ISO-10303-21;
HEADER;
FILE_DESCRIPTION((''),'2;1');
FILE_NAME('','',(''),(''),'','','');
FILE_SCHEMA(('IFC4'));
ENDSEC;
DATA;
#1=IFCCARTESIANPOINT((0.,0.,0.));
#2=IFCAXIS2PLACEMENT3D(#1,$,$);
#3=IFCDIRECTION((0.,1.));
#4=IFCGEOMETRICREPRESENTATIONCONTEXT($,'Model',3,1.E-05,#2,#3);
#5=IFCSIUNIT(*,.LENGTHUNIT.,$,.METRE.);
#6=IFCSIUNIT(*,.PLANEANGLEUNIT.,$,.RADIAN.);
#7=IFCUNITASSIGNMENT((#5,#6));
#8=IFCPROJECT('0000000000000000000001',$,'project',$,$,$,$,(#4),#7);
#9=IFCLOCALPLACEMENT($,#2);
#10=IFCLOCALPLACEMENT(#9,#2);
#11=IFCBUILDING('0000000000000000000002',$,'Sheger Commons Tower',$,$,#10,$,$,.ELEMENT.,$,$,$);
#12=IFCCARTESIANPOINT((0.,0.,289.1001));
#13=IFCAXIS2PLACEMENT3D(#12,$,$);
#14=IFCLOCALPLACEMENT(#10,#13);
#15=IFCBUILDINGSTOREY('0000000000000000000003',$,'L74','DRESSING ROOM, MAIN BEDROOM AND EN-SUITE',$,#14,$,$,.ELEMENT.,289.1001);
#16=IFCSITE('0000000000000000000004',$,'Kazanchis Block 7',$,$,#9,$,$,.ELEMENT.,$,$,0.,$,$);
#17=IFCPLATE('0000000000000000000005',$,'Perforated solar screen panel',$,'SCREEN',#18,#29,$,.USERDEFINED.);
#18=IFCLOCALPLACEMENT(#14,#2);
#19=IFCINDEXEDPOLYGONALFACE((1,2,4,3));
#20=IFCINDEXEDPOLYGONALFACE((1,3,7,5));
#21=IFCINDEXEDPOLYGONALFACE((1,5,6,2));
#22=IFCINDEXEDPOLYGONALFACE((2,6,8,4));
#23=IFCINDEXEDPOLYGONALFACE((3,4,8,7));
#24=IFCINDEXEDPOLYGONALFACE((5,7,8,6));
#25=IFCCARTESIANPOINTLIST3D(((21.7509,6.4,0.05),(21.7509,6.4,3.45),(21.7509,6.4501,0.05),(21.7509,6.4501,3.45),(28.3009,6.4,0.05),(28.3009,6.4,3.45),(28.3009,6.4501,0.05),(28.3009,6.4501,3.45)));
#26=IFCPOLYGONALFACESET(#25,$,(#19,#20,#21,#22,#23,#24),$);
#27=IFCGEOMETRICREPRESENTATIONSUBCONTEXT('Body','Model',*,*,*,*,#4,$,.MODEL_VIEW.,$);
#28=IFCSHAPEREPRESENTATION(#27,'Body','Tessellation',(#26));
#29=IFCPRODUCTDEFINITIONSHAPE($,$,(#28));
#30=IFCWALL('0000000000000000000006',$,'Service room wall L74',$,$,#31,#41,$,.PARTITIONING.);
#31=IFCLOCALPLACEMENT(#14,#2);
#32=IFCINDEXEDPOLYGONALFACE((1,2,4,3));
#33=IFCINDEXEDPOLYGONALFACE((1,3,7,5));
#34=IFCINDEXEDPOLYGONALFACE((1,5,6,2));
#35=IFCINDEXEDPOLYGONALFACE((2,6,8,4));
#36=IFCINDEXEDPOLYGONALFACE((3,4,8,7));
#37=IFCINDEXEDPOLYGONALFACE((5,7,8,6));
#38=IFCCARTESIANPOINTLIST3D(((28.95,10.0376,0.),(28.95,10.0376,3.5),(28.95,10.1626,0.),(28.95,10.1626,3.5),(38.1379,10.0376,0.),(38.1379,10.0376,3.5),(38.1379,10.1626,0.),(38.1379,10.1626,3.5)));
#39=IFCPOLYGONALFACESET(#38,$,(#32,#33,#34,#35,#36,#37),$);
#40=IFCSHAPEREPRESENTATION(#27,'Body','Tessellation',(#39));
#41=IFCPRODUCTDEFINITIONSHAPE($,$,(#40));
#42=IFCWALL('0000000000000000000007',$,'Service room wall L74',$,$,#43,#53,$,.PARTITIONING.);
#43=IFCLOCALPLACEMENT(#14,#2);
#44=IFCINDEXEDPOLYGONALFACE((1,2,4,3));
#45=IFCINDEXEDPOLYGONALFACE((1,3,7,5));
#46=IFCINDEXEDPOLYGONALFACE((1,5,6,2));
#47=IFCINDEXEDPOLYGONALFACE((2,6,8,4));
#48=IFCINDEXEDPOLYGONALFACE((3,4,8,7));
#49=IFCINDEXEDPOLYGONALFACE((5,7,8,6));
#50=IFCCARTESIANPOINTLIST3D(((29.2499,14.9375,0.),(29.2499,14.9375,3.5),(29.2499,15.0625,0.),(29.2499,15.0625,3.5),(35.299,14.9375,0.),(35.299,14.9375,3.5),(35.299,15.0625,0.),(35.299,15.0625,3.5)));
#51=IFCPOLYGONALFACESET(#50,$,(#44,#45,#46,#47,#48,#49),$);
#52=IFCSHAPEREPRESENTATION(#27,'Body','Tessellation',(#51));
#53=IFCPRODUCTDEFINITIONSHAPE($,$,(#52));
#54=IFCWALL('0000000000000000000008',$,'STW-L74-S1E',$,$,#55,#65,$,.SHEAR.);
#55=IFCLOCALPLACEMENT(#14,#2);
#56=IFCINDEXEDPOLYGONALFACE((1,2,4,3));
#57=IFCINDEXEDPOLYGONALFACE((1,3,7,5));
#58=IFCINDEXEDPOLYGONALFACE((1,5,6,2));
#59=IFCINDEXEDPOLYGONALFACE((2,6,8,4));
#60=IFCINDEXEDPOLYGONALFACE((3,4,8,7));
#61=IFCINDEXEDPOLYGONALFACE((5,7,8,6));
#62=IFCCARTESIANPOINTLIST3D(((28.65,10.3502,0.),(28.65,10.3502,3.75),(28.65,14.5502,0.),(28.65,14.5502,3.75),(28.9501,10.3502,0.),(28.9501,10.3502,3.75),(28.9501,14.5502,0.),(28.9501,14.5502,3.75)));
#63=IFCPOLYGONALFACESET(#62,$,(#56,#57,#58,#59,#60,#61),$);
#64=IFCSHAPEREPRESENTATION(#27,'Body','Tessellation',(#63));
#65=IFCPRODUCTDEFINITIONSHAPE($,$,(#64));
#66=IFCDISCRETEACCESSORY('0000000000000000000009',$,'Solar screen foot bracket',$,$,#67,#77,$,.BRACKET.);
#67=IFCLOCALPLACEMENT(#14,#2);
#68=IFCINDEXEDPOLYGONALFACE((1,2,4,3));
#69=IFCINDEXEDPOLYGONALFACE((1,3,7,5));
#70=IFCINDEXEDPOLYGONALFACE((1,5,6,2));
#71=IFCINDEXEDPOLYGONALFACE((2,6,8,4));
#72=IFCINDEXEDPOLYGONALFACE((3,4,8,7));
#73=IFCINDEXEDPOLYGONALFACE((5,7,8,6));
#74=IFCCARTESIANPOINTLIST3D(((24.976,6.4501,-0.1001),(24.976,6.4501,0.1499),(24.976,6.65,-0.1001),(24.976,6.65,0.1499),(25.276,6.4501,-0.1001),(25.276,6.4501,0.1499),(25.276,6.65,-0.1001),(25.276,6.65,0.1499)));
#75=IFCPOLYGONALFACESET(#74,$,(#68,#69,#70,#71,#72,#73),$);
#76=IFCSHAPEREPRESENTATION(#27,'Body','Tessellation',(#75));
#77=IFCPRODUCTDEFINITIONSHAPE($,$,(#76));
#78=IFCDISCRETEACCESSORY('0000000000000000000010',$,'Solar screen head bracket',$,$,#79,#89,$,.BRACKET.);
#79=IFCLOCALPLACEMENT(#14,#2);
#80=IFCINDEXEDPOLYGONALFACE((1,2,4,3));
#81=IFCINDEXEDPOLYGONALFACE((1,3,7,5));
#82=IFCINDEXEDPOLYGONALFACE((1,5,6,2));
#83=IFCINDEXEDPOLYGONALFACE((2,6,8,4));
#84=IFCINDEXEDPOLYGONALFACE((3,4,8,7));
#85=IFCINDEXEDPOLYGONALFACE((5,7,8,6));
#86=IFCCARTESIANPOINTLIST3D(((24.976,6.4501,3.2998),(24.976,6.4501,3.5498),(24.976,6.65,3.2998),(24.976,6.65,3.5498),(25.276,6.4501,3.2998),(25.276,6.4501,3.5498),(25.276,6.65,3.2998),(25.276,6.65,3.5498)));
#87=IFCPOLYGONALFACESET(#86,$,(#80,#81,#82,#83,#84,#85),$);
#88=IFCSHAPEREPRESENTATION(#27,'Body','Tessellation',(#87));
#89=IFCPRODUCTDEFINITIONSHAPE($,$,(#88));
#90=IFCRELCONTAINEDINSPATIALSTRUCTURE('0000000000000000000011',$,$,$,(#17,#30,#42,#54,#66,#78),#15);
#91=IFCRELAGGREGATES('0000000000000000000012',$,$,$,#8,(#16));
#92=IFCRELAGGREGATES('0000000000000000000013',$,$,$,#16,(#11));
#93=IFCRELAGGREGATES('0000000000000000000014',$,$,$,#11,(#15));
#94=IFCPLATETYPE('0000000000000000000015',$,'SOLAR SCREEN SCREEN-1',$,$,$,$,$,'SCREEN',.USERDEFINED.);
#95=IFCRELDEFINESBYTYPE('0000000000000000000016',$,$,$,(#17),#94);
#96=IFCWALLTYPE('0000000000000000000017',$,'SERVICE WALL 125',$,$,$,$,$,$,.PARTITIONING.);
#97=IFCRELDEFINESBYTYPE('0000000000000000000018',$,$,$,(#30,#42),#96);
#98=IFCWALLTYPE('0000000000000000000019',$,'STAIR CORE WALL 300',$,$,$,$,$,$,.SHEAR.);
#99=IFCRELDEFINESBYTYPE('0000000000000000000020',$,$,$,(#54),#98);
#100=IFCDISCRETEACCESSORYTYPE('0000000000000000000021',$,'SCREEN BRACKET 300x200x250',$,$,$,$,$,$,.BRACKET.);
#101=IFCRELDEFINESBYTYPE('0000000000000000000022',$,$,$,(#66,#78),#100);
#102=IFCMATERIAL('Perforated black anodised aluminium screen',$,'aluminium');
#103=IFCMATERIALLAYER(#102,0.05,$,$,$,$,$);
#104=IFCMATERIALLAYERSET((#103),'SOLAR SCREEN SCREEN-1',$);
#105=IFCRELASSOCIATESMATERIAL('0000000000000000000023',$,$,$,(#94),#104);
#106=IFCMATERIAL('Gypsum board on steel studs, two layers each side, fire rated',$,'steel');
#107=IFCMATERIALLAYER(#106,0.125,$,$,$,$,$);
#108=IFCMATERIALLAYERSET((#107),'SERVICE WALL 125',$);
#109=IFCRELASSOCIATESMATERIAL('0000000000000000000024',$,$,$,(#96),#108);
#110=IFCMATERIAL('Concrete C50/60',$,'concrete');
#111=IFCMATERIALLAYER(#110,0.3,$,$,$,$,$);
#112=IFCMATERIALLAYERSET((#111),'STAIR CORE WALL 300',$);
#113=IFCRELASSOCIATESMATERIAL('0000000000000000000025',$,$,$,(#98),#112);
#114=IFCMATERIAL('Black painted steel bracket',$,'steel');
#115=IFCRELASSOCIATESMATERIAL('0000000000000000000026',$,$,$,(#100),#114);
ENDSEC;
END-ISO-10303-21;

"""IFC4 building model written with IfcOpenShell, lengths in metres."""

from ifc_helpers import new_model, si_unit, direction, frame, frame_2d, origin, origin_2d, place, context, subcontext, project, spatial, rectangle, extrude, material, layer, layer_set, type_object, element, save


model = new_model("IFC4")

# Units and contexts
model_context = context("Model", 3, precision=1e-05, world=origin(), true_north=direction((0.0, 1.0)))
body_context = subcontext(model_context, "Body", "Model", "MODEL_VIEW")
ifc_project = project(units=[si_unit("LENGTHUNIT", "METRE"), si_unit("PLANEANGLEUNIT", "RADIAN")], contexts=[model_context])

# Site, building, storey
site_placement = place(None, origin())
site = spatial("IfcSite", under=ifc_project, at=site_placement, Name="Kazanchis Block 7", CompositionType="ELEMENT", RefElevation=0.0)
building_placement = place(site_placement, origin())
building = spatial("IfcBuilding", under=site, at=building_placement, Name="Sheger Commons Tower", CompositionType="ELEMENT")
storey_placement = place(building_placement, frame((0.0, 0.0, 289.1001)))
storey = spatial("IfcBuildingStorey", under=building, at=storey_placement, Name="L74", Description="DRESSING ROOM, MAIN BEDROOM AND EN-SUITE", CompositionType="ELEMENT", Elevation=289.1001)

# Plate
ifc_material_1 = material(Name="Perforated black anodised aluminium screen", Category="aluminium")
ifc_layer_1 = layer(ifc_material_1, 0.05)
ifc_layer_set_1 = layer_set([ifc_layer_1], Name="SOLAR SCREEN SCREEN-1")
plate_type_1 = type_object("IfcPlateType", Name="SOLAR SCREEN SCREEN-1", ElementType="SCREEN", PredefinedType="USERDEFINED", material=ifc_layer_set_1)
plate_1_placement = place(storey_placement, frame((25.0259, 6.425, 0.05), z_axis=(0.0, 0.0, 1.0), x_axis=(1.0, 0.0, 0.0)))
element("IfcPlate", 1, at=plate_1_placement, inside=storey, type_object=plate_type_1, Name="Perforated solar screen panel", ObjectType="SCREEN", PredefinedType="USERDEFINED", context=body_context, shape_type="SweptSolid", body=[
    extrude(rectangle(XDim=6.55, YDim=0.05, at=origin_2d()), origin(), (0.0, 0.0, 1.0), 3.3999),
])

# Walls
ifc_material_2 = material(Name="Gypsum board on steel studs, two layers each side, fire rated", Category="steel")
ifc_layer_2 = layer(ifc_material_2, 0.125)
ifc_layer_set_2 = layer_set([ifc_layer_2], Name="SERVICE WALL 125")
wall_type_1 = type_object("IfcWallType", Name="SERVICE WALL 125", PredefinedType="PARTITIONING", material=ifc_layer_set_2)
wall_1_placement = place(storey_placement, frame((28.95, 10.1001, 0.0), z_axis=(0.0, 0.0, 1.0), x_axis=(1.0, 0.0, 0.0)))
element("IfcWall", 2, at=wall_1_placement, inside=storey, type_object=wall_type_1, Name="Service room wall L74", PredefinedType="PARTITIONING", context=body_context, shape_type="SweptSolid", body=[
    extrude(rectangle(XDim=9.188, YDim=0.125, at=frame_2d((4.594, 0.0))), origin(), (0.0, 0.0, 1.0), 3.5),
])
wall_2_placement = place(storey_placement, frame((29.25, 15.0, 0.0), z_axis=(0.0, 0.0, 1.0), x_axis=(1.0, 0.0, 0.0)))
element("IfcWall", 3, at=wall_2_placement, inside=storey, type_object=wall_type_1, Name="Service room wall L74", PredefinedType="PARTITIONING", context=body_context, shape_type="SweptSolid", body=[
    extrude(rectangle(XDim=6.0491, YDim=0.125, at=frame_2d((3.0244, 0.0))), origin(), (0.0, 0.0, 1.0), 3.5),
])
ifc_material_3 = material(Name="Concrete C50/60", Category="concrete")
ifc_layer_3 = layer(ifc_material_3, 0.3)
ifc_layer_set_3 = layer_set([ifc_layer_3], Name="STAIR CORE WALL 300")
wall_type_2 = type_object("IfcWallType", Name="STAIR CORE WALL 300", PredefinedType="SHEAR", material=ifc_layer_set_3)
wall_3_placement = place(storey_placement, frame((28.8, 10.3501, 0.0), z_axis=(0.0, 0.0, 1.0), x_axis=(0.0, 1.0, 0.0)))
element("IfcWall", 4, at=wall_3_placement, inside=storey, type_object=wall_type_2, Name="STW-L74-S1E", PredefinedType="SHEAR", context=body_context, shape_type="SweptSolid", body=[
    extrude(rectangle(XDim=4.2, YDim=0.3, at=frame_2d((2.1001, 0.0))), origin(), (0.0, 0.0, 1.0), 3.75),
])

# Discrete accessories
ifc_material_4 = material(Name="Black painted steel bracket", Category="steel")
discrete_accessory_type = type_object("IfcDiscreteAccessoryType", Name="SCREEN BRACKET 300x200x250", PredefinedType="BRACKET", material=ifc_material_4)
for number, where, z_axis, x_axis, name in (
    (5, (25.126, 6.55, -0.1001), (0.0, 0.0, 1.0), (1.0, 0.0, 0.0), "Solar screen foot bracket"),
    (6, (25.126, 6.55, 3.2998), (0.0, 0.0, 1.0), (1.0, 0.0, 0.0), "Solar screen head bracket"),
):
    element("IfcDiscreteAccessory", number, at=place(storey_placement, frame(where, z_axis=z_axis, x_axis=x_axis)), inside=storey, type_object=discrete_accessory_type, Name=name, PredefinedType="BRACKET", context=body_context, shape_type="SweptSolid", body=[
        extrude(rectangle(XDim=0.3, YDim=0.2, at=origin_2d()), origin(), (0.0, 0.0, 1.0), 0.25),
    ])

save(model, "model.ifc")
